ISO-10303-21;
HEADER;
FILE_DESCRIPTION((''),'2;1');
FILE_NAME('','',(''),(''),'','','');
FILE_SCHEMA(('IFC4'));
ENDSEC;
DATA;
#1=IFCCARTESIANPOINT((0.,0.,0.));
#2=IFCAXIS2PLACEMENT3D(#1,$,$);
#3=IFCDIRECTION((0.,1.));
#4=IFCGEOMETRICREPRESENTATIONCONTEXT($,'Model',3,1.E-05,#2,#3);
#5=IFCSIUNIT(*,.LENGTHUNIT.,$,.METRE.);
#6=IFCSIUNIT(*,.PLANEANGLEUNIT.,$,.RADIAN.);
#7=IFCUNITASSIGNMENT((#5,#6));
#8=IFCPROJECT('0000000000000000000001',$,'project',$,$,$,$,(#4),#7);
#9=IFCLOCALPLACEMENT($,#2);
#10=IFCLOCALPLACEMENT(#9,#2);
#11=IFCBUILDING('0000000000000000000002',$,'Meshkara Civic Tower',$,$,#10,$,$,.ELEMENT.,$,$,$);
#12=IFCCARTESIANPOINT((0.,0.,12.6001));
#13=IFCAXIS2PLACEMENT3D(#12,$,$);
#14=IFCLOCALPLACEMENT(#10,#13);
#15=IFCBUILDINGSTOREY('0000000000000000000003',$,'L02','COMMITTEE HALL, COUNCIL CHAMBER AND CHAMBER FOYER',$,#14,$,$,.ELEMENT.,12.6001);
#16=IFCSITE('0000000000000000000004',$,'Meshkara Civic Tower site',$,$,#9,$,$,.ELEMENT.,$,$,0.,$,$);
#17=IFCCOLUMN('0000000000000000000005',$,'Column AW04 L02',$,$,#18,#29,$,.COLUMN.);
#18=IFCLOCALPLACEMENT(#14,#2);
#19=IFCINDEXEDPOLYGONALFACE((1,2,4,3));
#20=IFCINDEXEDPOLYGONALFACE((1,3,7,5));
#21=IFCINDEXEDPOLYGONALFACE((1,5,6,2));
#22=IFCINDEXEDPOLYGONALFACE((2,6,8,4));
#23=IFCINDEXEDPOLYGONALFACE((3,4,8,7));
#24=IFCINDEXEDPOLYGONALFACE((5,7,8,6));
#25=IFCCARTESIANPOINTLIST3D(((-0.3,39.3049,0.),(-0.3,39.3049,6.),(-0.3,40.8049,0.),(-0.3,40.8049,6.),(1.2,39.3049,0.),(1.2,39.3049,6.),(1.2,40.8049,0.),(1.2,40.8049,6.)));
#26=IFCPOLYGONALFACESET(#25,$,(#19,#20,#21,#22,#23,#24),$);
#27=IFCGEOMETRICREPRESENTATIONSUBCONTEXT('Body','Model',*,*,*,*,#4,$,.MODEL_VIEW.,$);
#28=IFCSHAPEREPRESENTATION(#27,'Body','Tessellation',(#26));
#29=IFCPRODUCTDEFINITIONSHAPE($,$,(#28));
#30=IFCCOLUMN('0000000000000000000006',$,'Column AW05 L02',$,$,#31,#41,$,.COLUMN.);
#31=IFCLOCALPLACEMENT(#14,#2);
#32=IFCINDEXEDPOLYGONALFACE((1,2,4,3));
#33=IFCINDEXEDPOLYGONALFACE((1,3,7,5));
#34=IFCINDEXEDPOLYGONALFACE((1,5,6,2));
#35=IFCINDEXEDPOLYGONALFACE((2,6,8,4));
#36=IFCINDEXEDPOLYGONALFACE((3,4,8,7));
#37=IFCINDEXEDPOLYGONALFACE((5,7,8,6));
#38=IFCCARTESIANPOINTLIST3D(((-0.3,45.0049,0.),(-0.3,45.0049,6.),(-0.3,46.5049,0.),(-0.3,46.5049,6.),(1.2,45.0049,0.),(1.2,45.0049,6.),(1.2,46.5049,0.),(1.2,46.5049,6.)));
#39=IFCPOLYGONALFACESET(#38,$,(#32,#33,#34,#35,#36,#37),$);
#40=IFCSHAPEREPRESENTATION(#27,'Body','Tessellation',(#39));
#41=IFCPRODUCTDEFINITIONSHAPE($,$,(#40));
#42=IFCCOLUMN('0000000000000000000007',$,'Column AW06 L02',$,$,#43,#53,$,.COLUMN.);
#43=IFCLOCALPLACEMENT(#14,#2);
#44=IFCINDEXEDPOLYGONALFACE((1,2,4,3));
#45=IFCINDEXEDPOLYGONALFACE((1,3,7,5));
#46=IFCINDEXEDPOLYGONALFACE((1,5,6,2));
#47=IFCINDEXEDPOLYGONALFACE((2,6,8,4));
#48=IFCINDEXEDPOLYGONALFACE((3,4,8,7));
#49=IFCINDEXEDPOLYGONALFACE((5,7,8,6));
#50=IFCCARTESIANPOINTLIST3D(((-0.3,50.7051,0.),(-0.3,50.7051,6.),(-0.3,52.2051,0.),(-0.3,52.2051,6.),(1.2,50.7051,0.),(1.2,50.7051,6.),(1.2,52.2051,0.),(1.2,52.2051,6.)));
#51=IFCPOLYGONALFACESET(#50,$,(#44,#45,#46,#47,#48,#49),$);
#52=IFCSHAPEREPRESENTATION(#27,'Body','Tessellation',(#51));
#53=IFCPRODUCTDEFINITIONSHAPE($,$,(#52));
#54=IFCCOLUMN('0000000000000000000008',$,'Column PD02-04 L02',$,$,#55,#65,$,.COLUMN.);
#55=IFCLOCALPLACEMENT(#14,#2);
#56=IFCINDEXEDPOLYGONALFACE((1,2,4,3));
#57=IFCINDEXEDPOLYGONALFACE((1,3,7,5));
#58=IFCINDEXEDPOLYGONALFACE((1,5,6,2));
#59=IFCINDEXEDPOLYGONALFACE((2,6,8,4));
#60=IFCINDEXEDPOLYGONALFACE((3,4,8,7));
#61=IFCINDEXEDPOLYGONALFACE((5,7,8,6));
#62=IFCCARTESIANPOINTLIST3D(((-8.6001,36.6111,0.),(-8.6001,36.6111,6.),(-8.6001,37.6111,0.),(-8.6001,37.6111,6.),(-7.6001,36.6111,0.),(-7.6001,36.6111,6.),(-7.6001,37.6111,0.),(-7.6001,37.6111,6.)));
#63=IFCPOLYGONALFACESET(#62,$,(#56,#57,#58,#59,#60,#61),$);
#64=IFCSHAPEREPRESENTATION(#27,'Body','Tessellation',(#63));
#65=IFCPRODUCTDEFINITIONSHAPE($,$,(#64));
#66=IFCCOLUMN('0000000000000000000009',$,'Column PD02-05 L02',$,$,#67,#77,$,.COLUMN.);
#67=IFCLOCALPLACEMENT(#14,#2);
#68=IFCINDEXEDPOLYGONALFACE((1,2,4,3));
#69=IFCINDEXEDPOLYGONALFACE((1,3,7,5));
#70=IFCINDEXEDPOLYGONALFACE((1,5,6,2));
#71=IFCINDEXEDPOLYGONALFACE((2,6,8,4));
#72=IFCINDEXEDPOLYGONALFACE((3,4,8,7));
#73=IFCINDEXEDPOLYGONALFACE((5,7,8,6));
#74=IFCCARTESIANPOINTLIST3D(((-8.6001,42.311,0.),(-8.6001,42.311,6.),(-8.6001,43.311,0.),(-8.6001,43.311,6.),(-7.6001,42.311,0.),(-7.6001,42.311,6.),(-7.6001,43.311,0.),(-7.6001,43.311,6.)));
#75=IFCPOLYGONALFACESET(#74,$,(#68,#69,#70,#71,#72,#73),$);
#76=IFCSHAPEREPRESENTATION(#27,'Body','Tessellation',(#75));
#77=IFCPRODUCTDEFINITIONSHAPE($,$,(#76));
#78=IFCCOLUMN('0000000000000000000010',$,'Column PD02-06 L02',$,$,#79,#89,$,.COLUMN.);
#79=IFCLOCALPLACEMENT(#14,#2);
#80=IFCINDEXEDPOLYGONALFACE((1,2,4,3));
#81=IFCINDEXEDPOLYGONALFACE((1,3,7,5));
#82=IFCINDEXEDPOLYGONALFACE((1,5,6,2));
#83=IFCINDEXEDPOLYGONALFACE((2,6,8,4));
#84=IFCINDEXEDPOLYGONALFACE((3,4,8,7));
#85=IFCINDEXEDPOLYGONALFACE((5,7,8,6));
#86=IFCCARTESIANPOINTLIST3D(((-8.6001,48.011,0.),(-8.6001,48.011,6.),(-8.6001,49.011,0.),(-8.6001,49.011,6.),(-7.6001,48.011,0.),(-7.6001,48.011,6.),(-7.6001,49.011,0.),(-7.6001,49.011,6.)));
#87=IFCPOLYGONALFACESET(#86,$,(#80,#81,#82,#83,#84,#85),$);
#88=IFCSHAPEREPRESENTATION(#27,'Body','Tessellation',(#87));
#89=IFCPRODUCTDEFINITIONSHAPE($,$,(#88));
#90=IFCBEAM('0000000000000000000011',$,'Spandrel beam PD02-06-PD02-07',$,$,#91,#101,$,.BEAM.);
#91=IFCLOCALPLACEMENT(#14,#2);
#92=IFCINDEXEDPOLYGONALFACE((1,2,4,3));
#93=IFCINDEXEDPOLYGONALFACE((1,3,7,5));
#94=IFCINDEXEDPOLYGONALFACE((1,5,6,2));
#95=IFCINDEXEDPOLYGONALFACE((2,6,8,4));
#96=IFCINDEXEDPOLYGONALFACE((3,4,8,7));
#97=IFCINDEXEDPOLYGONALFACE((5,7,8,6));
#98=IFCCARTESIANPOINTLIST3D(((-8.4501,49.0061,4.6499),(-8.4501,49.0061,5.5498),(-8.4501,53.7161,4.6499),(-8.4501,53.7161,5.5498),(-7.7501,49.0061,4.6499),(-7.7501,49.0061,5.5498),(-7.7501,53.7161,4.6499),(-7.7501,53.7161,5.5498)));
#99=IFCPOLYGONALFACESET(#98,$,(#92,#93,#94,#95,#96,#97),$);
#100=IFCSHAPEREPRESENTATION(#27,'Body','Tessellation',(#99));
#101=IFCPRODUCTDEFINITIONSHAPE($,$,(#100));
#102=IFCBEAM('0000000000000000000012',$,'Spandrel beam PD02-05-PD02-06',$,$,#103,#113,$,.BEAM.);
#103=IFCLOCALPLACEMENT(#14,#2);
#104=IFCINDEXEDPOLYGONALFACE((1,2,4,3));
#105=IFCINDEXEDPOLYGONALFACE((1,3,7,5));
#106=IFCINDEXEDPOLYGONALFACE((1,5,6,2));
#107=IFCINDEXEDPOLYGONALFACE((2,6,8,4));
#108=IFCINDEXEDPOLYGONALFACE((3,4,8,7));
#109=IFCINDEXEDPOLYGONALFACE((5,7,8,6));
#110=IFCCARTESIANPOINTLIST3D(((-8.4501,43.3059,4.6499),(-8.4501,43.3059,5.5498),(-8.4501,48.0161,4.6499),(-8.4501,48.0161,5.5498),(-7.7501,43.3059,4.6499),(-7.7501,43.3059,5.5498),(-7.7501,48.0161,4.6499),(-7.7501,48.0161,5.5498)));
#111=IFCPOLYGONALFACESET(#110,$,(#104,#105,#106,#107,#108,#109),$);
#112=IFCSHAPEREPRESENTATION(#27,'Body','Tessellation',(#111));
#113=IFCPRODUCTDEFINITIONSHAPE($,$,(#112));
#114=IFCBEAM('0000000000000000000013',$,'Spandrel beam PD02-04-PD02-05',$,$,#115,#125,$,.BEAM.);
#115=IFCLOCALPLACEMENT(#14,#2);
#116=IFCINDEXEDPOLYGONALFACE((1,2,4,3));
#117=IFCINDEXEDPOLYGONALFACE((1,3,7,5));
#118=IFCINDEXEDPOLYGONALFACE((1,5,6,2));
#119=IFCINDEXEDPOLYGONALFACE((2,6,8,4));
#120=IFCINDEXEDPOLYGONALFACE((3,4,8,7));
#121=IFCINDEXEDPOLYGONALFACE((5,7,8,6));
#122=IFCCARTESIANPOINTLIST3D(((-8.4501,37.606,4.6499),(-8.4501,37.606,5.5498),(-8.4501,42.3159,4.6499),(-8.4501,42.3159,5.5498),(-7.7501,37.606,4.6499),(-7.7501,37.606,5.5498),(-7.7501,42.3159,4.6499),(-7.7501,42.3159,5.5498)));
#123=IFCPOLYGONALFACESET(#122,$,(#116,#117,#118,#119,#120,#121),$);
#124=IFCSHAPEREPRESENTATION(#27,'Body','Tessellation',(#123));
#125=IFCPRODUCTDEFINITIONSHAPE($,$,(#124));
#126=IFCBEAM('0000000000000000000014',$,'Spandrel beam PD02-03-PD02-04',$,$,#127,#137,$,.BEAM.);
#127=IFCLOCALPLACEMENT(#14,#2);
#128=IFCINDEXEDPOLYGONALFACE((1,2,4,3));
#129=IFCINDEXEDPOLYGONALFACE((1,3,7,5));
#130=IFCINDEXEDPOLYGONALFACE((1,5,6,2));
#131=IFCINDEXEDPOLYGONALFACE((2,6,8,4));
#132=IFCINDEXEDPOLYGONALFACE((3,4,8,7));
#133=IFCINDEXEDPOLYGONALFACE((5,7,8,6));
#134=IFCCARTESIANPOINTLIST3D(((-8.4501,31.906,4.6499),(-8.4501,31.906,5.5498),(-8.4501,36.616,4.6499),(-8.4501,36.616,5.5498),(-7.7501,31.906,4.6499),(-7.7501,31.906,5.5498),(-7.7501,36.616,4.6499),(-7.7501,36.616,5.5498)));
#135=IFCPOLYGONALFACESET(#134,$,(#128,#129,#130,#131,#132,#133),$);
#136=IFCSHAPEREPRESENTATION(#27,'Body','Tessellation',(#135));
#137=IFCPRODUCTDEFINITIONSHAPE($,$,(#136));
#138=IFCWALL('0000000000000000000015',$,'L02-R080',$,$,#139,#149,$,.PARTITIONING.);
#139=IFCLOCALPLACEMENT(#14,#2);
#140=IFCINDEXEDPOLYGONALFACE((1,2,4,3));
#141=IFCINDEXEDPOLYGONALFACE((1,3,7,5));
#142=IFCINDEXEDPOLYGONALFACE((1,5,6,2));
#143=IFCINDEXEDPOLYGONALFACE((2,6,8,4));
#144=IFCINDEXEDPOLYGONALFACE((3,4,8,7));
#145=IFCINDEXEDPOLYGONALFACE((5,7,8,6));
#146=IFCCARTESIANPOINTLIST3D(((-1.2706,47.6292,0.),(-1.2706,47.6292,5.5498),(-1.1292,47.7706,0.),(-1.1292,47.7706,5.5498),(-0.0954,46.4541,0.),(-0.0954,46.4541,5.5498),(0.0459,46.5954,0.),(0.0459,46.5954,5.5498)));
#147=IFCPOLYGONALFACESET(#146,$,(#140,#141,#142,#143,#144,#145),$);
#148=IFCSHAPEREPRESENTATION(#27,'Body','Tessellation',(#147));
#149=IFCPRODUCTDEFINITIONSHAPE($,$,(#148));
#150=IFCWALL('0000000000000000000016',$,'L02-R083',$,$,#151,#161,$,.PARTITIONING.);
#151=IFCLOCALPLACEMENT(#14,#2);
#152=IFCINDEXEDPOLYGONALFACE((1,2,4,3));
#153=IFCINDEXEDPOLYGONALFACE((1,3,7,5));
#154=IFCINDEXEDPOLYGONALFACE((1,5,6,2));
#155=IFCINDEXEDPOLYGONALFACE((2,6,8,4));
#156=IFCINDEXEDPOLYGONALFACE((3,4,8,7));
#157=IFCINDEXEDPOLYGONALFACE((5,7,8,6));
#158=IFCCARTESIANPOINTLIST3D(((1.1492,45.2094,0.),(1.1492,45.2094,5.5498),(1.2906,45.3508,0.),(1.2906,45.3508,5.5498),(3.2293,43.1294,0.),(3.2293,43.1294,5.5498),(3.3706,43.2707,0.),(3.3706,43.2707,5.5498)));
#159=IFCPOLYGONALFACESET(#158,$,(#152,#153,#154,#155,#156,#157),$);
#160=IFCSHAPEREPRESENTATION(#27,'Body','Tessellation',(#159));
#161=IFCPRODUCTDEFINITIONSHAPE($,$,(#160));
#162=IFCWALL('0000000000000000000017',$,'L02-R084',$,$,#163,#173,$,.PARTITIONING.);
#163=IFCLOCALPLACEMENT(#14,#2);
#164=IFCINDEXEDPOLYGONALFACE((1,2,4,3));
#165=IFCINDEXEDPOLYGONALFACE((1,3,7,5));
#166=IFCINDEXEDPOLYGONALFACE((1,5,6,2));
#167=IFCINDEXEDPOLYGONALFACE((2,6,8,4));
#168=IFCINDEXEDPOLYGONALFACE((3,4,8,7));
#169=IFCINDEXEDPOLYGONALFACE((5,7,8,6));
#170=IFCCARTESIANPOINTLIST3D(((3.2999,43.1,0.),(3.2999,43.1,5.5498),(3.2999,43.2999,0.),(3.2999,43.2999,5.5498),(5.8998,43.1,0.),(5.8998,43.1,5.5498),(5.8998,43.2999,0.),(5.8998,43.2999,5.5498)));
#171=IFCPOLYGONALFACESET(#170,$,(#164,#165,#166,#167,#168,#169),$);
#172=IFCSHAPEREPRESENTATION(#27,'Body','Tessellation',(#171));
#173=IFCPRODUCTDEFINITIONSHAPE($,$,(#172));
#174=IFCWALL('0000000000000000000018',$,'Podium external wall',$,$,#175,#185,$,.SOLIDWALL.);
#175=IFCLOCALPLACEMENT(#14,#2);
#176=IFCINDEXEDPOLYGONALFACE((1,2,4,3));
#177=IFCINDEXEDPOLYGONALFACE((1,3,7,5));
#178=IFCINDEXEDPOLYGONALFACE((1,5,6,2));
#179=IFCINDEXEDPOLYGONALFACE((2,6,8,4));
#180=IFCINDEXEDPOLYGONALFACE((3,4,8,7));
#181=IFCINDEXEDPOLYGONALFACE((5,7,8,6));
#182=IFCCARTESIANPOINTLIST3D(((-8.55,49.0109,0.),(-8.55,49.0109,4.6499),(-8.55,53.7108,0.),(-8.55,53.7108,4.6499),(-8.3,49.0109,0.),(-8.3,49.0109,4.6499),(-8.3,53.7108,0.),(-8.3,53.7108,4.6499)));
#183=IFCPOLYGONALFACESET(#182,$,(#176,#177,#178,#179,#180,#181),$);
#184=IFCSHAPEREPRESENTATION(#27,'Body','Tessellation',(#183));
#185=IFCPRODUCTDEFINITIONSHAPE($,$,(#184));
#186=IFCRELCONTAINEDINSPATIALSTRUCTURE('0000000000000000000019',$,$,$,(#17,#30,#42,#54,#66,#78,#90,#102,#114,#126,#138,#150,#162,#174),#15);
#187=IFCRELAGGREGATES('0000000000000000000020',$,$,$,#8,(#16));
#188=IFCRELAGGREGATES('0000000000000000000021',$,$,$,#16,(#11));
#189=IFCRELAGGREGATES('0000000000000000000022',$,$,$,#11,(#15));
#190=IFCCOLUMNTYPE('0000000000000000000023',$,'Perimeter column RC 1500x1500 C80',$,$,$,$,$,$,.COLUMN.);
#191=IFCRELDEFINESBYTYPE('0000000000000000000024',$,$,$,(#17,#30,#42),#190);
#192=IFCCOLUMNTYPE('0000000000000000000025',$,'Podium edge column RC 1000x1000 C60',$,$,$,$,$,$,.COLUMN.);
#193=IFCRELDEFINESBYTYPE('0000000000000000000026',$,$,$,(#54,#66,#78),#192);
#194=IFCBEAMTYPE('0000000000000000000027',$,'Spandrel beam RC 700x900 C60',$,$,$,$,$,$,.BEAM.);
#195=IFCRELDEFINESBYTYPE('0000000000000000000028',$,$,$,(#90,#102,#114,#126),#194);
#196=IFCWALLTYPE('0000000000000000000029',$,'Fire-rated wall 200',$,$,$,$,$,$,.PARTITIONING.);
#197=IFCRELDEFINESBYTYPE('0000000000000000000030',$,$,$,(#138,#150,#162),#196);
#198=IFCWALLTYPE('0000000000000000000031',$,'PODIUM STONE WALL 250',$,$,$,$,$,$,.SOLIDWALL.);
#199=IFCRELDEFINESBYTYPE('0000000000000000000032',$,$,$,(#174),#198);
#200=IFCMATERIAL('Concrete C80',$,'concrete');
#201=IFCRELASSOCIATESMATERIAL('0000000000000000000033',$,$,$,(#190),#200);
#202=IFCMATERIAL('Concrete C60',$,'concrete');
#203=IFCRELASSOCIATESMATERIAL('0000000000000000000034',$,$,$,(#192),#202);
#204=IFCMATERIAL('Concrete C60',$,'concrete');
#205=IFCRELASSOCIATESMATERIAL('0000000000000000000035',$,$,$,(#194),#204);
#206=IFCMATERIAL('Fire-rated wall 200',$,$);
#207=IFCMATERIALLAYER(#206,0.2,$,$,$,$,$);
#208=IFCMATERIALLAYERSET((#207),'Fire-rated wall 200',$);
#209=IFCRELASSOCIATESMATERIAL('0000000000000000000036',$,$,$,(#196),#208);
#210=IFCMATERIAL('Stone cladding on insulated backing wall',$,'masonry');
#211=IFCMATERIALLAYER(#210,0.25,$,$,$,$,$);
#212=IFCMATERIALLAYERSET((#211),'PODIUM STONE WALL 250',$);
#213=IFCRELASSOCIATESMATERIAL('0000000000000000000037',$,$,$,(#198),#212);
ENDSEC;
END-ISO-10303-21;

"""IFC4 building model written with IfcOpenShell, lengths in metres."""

from ifc_helpers import new_model, si_unit, direction, frame, frame_2d, origin, origin_2d, place, context, subcontext, project, spatial, rectangle, extrude, material, layer, layer_set, material_profile, profile_set, type_object, element, save


model = new_model("IFC4")

# Units and contexts
model_context = context("Model", 3, precision=1e-05, world=origin(), true_north=direction((0.0, 1.0)))
body_context = subcontext(model_context, "Body", "Model", "MODEL_VIEW")
ifc_project = project(units=[si_unit("LENGTHUNIT", "METRE"), si_unit("PLANEANGLEUNIT", "RADIAN")], contexts=[model_context])

# Site, building, storey
site_placement = place(None, origin())
site = spatial("IfcSite", under=ifc_project, at=site_placement, Name="Meshkara Civic Tower site", CompositionType="ELEMENT", RefElevation=0.0)
building_placement = place(site_placement, origin())
building = spatial("IfcBuilding", under=site, at=building_placement, Name="Meshkara Civic Tower", CompositionType="ELEMENT")
storey_placement = place(building_placement, frame((0.0, 0.0, 12.6001)))
storey = spatial("IfcBuildingStorey", under=building, at=storey_placement, Name="L02", Description="COMMITTEE HALL, COUNCIL CHAMBER AND CHAMBER FOYER", CompositionType="ELEMENT", Elevation=12.6001)

# Columns
ifc_material_1 = material(Name="Concrete C80", Category="concrete")
ifc_material_profile_1 = material_profile(ifc_material_1, rectangle(XDim=1.5, YDim=1.5, at=origin_2d()))
ifc_profile_set_1 = profile_set([ifc_material_profile_1], Name="Concrete C80")
column_type_1 = type_object("IfcColumnType", Name="Perimeter column RC 1500x1500 C80", PredefinedType="COLUMN", material=ifc_profile_set_1)
for number, where, z_axis, x_axis, name in (
    (1, (0.45, 40.0549, 0.0), (0.0, 0.0, 1.0), (1.0, 0.0, 0.0), "Column AW04 L02"),
    (2, (0.45, 45.7549, 0.0), (0.0, 0.0, 1.0), (1.0, 0.0, 0.0), "Column AW05 L02"),
    (3, (0.45, 51.4551, 0.0), (0.0, 0.0, 1.0), (1.0, 0.0, 0.0), "Column AW06 L02"),
):
    element("IfcColumn", number, at=place(storey_placement, frame(where, z_axis=z_axis, x_axis=x_axis)), inside=storey, type_object=column_type_1, Name=name, PredefinedType="COLUMN", context=body_context, shape_type="SweptSolid", body=[
        extrude(rectangle(XDim=1.5, YDim=1.5, at=origin_2d()), origin(), (0.0, 0.0, 1.0), 6.0),
    ])
ifc_material_2 = material(Name="Concrete C60", Category="concrete")
ifc_material_profile_2 = material_profile(ifc_material_2, rectangle(XDim=1.0, YDim=1.0, at=origin_2d()))
ifc_profile_set_2 = profile_set([ifc_material_profile_2], Name="Concrete C60")
column_type_2 = type_object("IfcColumnType", Name="Podium edge column RC 1000x1000 C60", PredefinedType="COLUMN", material=ifc_profile_set_2)
for number, where, z_axis, x_axis, name in (
    (4, (-8.1001, 37.1111, 0.0), (0.0, 0.0, 1.0), (1.0, 0.0, 0.0), "Column PD02-04 L02"),
    (5, (-8.1001, 42.811, 0.0), (0.0, 0.0, 1.0), (1.0, 0.0, 0.0), "Column PD02-05 L02"),
    (6, (-8.1001, 48.511, 0.0), (0.0, 0.0, 1.0), (1.0, 0.0, 0.0), "Column PD02-06 L02"),
):
    element("IfcColumn", number, at=place(storey_placement, frame(where, z_axis=z_axis, x_axis=x_axis)), inside=storey, type_object=column_type_2, Name=name, PredefinedType="COLUMN", context=body_context, shape_type="SweptSolid", body=[
        extrude(rectangle(XDim=1.0, YDim=1.0, at=origin_2d()), origin(), (0.0, 0.0, 1.0), 6.0),
    ])

# Beams
ifc_material_3 = material(Name="Concrete C60", Category="concrete")
ifc_material_profile_3 = material_profile(ifc_material_3, rectangle(XDim=0.7, YDim=0.8999, at=origin_2d()))
ifc_profile_set_3 = profile_set([ifc_material_profile_3], Name="Concrete C60")
beam_type = type_object("IfcBeamType", Name="Spandrel beam RC 700x900 C60", PredefinedType="BEAM", material=ifc_profile_set_3)
beam_1_placement = place(storey_placement, frame((-8.1001, 53.7161, 5.0999), z_axis=(0.0, -1.0, 0.0), x_axis=(1.0, 0.0, 0.0)))
element("IfcBeam", 7, at=beam_1_placement, inside=storey, type_object=beam_type, Name="Spandrel beam PD02-06-PD02-07", PredefinedType="BEAM", context=body_context, shape_type="SweptSolid", body=[
    extrude(rectangle(XDim=0.7, YDim=0.8999, at=origin_2d()), origin(), (0.0, 0.0, 1.0), 4.71),
])
beam_2_placement = place(storey_placement, frame((-8.1001, 48.0161, 5.0999), z_axis=(0.0, -1.0, 0.0), x_axis=(1.0, 0.0, 0.0)))
element("IfcBeam", 8, at=beam_2_placement, inside=storey, type_object=beam_type, Name="Spandrel beam PD02-05-PD02-06", PredefinedType="BEAM", context=body_context, shape_type="SweptSolid", body=[
    extrude(rectangle(XDim=0.7, YDim=0.8999, at=origin_2d()), origin(), (0.0, 0.0, 1.0), 4.7102),
])
for number, where, z_axis, x_axis, name in (
    (9, (-8.1001, 42.3159, 5.0999), (0.0, -1.0, 0.0), (1.0, 0.0, 0.0), "Spandrel beam PD02-04-PD02-05"),
    (10, (-8.1001, 36.616, 5.0999), (0.0, -1.0, 0.0), (1.0, 0.0, 0.0), "Spandrel beam PD02-03-PD02-04"),
):
    element("IfcBeam", number, at=place(storey_placement, frame(where, z_axis=z_axis, x_axis=x_axis)), inside=storey, type_object=beam_type, Name=name, PredefinedType="BEAM", context=body_context, shape_type="SweptSolid", body=[
        extrude(rectangle(XDim=0.7, YDim=0.8999, at=origin_2d()), origin(), (0.0, 0.0, 1.0), 4.71),
    ])

# Walls
ifc_material_4 = material(Name="Fire-rated wall 200")
ifc_layer_1 = layer(ifc_material_4, 0.2)
ifc_layer_set_1 = layer_set([ifc_layer_1], Name="Fire-rated wall 200")
wall_type_1 = type_object("IfcWallType", Name="Fire-rated wall 200", PredefinedType="PARTITIONING", material=ifc_layer_set_1)
wall_1_placement = place(storey_placement, frame((-1.2, 47.7, 0.0), z_axis=(0.0, 0.0, 1.0), x_axis=(0.707107, -0.707107, 0.0)))
element("IfcWall", 11, at=wall_1_placement, inside=storey, type_object=wall_type_1, Name="L02-R080", PredefinedType="PARTITIONING", context=body_context, shape_type="SweptSolid", body=[
    extrude(rectangle(XDim=1.6619, YDim=0.2, at=frame_2d((0.8311, 0.0))), origin(), (0.0, 0.0, 1.0), 5.5498),
])
wall_2_placement = place(storey_placement, frame((1.22, 45.28, 0.0), z_axis=(0.0, 0.0, 1.0), x_axis=(0.707107, -0.707107, 0.0)))
element("IfcWall", 12, at=wall_2_placement, inside=storey, type_object=wall_type_1, Name="L02-R083", PredefinedType="PARTITIONING", context=body_context, shape_type="SweptSolid", body=[
    extrude(rectangle(XDim=2.9417, YDim=0.2, at=frame_2d((1.4707, 0.0))), origin(), (0.0, 0.0, 1.0), 5.5498),
])
wall_3_placement = place(storey_placement, frame((3.3, 43.2, 0.0), z_axis=(0.0, 0.0, 1.0), x_axis=(1.0, 0.0, 0.0)))
element("IfcWall", 13, at=wall_3_placement, inside=storey, type_object=wall_type_1, Name="L02-R084", PredefinedType="PARTITIONING", context=body_context, shape_type="SweptSolid", body=[
    extrude(rectangle(XDim=2.5999, YDim=0.2, at=frame_2d((1.2998, 0.0))), origin(), (0.0, 0.0, 1.0), 5.5498),
])
ifc_material_5 = material(Name="Stone cladding on insulated backing wall", Category="masonry")
ifc_layer_2 = layer(ifc_material_5, 0.25)
ifc_layer_set_2 = layer_set([ifc_layer_2], Name="PODIUM STONE WALL 250")
wall_type_2 = type_object("IfcWallType", Name="PODIUM STONE WALL 250", PredefinedType="SOLIDWALL", material=ifc_layer_set_2)
wall_4_placement = place(storey_placement, frame((-8.425, 53.7109, 0.0), z_axis=(0.0, 0.0, 1.0), x_axis=(0.0, -1.0, 0.0)))
element("IfcWall", 14, at=wall_4_placement, inside=storey, type_object=wall_type_2, Name="Podium external wall", PredefinedType="SOLIDWALL", context=body_context, shape_type="SweptSolid", body=[
    extrude(rectangle(XDim=4.7, YDim=0.25, at=frame_2d((2.3501, 0.0))), origin(), (0.0, 0.0, 1.0), 4.6499),
])

save(model, "model.ifc")
